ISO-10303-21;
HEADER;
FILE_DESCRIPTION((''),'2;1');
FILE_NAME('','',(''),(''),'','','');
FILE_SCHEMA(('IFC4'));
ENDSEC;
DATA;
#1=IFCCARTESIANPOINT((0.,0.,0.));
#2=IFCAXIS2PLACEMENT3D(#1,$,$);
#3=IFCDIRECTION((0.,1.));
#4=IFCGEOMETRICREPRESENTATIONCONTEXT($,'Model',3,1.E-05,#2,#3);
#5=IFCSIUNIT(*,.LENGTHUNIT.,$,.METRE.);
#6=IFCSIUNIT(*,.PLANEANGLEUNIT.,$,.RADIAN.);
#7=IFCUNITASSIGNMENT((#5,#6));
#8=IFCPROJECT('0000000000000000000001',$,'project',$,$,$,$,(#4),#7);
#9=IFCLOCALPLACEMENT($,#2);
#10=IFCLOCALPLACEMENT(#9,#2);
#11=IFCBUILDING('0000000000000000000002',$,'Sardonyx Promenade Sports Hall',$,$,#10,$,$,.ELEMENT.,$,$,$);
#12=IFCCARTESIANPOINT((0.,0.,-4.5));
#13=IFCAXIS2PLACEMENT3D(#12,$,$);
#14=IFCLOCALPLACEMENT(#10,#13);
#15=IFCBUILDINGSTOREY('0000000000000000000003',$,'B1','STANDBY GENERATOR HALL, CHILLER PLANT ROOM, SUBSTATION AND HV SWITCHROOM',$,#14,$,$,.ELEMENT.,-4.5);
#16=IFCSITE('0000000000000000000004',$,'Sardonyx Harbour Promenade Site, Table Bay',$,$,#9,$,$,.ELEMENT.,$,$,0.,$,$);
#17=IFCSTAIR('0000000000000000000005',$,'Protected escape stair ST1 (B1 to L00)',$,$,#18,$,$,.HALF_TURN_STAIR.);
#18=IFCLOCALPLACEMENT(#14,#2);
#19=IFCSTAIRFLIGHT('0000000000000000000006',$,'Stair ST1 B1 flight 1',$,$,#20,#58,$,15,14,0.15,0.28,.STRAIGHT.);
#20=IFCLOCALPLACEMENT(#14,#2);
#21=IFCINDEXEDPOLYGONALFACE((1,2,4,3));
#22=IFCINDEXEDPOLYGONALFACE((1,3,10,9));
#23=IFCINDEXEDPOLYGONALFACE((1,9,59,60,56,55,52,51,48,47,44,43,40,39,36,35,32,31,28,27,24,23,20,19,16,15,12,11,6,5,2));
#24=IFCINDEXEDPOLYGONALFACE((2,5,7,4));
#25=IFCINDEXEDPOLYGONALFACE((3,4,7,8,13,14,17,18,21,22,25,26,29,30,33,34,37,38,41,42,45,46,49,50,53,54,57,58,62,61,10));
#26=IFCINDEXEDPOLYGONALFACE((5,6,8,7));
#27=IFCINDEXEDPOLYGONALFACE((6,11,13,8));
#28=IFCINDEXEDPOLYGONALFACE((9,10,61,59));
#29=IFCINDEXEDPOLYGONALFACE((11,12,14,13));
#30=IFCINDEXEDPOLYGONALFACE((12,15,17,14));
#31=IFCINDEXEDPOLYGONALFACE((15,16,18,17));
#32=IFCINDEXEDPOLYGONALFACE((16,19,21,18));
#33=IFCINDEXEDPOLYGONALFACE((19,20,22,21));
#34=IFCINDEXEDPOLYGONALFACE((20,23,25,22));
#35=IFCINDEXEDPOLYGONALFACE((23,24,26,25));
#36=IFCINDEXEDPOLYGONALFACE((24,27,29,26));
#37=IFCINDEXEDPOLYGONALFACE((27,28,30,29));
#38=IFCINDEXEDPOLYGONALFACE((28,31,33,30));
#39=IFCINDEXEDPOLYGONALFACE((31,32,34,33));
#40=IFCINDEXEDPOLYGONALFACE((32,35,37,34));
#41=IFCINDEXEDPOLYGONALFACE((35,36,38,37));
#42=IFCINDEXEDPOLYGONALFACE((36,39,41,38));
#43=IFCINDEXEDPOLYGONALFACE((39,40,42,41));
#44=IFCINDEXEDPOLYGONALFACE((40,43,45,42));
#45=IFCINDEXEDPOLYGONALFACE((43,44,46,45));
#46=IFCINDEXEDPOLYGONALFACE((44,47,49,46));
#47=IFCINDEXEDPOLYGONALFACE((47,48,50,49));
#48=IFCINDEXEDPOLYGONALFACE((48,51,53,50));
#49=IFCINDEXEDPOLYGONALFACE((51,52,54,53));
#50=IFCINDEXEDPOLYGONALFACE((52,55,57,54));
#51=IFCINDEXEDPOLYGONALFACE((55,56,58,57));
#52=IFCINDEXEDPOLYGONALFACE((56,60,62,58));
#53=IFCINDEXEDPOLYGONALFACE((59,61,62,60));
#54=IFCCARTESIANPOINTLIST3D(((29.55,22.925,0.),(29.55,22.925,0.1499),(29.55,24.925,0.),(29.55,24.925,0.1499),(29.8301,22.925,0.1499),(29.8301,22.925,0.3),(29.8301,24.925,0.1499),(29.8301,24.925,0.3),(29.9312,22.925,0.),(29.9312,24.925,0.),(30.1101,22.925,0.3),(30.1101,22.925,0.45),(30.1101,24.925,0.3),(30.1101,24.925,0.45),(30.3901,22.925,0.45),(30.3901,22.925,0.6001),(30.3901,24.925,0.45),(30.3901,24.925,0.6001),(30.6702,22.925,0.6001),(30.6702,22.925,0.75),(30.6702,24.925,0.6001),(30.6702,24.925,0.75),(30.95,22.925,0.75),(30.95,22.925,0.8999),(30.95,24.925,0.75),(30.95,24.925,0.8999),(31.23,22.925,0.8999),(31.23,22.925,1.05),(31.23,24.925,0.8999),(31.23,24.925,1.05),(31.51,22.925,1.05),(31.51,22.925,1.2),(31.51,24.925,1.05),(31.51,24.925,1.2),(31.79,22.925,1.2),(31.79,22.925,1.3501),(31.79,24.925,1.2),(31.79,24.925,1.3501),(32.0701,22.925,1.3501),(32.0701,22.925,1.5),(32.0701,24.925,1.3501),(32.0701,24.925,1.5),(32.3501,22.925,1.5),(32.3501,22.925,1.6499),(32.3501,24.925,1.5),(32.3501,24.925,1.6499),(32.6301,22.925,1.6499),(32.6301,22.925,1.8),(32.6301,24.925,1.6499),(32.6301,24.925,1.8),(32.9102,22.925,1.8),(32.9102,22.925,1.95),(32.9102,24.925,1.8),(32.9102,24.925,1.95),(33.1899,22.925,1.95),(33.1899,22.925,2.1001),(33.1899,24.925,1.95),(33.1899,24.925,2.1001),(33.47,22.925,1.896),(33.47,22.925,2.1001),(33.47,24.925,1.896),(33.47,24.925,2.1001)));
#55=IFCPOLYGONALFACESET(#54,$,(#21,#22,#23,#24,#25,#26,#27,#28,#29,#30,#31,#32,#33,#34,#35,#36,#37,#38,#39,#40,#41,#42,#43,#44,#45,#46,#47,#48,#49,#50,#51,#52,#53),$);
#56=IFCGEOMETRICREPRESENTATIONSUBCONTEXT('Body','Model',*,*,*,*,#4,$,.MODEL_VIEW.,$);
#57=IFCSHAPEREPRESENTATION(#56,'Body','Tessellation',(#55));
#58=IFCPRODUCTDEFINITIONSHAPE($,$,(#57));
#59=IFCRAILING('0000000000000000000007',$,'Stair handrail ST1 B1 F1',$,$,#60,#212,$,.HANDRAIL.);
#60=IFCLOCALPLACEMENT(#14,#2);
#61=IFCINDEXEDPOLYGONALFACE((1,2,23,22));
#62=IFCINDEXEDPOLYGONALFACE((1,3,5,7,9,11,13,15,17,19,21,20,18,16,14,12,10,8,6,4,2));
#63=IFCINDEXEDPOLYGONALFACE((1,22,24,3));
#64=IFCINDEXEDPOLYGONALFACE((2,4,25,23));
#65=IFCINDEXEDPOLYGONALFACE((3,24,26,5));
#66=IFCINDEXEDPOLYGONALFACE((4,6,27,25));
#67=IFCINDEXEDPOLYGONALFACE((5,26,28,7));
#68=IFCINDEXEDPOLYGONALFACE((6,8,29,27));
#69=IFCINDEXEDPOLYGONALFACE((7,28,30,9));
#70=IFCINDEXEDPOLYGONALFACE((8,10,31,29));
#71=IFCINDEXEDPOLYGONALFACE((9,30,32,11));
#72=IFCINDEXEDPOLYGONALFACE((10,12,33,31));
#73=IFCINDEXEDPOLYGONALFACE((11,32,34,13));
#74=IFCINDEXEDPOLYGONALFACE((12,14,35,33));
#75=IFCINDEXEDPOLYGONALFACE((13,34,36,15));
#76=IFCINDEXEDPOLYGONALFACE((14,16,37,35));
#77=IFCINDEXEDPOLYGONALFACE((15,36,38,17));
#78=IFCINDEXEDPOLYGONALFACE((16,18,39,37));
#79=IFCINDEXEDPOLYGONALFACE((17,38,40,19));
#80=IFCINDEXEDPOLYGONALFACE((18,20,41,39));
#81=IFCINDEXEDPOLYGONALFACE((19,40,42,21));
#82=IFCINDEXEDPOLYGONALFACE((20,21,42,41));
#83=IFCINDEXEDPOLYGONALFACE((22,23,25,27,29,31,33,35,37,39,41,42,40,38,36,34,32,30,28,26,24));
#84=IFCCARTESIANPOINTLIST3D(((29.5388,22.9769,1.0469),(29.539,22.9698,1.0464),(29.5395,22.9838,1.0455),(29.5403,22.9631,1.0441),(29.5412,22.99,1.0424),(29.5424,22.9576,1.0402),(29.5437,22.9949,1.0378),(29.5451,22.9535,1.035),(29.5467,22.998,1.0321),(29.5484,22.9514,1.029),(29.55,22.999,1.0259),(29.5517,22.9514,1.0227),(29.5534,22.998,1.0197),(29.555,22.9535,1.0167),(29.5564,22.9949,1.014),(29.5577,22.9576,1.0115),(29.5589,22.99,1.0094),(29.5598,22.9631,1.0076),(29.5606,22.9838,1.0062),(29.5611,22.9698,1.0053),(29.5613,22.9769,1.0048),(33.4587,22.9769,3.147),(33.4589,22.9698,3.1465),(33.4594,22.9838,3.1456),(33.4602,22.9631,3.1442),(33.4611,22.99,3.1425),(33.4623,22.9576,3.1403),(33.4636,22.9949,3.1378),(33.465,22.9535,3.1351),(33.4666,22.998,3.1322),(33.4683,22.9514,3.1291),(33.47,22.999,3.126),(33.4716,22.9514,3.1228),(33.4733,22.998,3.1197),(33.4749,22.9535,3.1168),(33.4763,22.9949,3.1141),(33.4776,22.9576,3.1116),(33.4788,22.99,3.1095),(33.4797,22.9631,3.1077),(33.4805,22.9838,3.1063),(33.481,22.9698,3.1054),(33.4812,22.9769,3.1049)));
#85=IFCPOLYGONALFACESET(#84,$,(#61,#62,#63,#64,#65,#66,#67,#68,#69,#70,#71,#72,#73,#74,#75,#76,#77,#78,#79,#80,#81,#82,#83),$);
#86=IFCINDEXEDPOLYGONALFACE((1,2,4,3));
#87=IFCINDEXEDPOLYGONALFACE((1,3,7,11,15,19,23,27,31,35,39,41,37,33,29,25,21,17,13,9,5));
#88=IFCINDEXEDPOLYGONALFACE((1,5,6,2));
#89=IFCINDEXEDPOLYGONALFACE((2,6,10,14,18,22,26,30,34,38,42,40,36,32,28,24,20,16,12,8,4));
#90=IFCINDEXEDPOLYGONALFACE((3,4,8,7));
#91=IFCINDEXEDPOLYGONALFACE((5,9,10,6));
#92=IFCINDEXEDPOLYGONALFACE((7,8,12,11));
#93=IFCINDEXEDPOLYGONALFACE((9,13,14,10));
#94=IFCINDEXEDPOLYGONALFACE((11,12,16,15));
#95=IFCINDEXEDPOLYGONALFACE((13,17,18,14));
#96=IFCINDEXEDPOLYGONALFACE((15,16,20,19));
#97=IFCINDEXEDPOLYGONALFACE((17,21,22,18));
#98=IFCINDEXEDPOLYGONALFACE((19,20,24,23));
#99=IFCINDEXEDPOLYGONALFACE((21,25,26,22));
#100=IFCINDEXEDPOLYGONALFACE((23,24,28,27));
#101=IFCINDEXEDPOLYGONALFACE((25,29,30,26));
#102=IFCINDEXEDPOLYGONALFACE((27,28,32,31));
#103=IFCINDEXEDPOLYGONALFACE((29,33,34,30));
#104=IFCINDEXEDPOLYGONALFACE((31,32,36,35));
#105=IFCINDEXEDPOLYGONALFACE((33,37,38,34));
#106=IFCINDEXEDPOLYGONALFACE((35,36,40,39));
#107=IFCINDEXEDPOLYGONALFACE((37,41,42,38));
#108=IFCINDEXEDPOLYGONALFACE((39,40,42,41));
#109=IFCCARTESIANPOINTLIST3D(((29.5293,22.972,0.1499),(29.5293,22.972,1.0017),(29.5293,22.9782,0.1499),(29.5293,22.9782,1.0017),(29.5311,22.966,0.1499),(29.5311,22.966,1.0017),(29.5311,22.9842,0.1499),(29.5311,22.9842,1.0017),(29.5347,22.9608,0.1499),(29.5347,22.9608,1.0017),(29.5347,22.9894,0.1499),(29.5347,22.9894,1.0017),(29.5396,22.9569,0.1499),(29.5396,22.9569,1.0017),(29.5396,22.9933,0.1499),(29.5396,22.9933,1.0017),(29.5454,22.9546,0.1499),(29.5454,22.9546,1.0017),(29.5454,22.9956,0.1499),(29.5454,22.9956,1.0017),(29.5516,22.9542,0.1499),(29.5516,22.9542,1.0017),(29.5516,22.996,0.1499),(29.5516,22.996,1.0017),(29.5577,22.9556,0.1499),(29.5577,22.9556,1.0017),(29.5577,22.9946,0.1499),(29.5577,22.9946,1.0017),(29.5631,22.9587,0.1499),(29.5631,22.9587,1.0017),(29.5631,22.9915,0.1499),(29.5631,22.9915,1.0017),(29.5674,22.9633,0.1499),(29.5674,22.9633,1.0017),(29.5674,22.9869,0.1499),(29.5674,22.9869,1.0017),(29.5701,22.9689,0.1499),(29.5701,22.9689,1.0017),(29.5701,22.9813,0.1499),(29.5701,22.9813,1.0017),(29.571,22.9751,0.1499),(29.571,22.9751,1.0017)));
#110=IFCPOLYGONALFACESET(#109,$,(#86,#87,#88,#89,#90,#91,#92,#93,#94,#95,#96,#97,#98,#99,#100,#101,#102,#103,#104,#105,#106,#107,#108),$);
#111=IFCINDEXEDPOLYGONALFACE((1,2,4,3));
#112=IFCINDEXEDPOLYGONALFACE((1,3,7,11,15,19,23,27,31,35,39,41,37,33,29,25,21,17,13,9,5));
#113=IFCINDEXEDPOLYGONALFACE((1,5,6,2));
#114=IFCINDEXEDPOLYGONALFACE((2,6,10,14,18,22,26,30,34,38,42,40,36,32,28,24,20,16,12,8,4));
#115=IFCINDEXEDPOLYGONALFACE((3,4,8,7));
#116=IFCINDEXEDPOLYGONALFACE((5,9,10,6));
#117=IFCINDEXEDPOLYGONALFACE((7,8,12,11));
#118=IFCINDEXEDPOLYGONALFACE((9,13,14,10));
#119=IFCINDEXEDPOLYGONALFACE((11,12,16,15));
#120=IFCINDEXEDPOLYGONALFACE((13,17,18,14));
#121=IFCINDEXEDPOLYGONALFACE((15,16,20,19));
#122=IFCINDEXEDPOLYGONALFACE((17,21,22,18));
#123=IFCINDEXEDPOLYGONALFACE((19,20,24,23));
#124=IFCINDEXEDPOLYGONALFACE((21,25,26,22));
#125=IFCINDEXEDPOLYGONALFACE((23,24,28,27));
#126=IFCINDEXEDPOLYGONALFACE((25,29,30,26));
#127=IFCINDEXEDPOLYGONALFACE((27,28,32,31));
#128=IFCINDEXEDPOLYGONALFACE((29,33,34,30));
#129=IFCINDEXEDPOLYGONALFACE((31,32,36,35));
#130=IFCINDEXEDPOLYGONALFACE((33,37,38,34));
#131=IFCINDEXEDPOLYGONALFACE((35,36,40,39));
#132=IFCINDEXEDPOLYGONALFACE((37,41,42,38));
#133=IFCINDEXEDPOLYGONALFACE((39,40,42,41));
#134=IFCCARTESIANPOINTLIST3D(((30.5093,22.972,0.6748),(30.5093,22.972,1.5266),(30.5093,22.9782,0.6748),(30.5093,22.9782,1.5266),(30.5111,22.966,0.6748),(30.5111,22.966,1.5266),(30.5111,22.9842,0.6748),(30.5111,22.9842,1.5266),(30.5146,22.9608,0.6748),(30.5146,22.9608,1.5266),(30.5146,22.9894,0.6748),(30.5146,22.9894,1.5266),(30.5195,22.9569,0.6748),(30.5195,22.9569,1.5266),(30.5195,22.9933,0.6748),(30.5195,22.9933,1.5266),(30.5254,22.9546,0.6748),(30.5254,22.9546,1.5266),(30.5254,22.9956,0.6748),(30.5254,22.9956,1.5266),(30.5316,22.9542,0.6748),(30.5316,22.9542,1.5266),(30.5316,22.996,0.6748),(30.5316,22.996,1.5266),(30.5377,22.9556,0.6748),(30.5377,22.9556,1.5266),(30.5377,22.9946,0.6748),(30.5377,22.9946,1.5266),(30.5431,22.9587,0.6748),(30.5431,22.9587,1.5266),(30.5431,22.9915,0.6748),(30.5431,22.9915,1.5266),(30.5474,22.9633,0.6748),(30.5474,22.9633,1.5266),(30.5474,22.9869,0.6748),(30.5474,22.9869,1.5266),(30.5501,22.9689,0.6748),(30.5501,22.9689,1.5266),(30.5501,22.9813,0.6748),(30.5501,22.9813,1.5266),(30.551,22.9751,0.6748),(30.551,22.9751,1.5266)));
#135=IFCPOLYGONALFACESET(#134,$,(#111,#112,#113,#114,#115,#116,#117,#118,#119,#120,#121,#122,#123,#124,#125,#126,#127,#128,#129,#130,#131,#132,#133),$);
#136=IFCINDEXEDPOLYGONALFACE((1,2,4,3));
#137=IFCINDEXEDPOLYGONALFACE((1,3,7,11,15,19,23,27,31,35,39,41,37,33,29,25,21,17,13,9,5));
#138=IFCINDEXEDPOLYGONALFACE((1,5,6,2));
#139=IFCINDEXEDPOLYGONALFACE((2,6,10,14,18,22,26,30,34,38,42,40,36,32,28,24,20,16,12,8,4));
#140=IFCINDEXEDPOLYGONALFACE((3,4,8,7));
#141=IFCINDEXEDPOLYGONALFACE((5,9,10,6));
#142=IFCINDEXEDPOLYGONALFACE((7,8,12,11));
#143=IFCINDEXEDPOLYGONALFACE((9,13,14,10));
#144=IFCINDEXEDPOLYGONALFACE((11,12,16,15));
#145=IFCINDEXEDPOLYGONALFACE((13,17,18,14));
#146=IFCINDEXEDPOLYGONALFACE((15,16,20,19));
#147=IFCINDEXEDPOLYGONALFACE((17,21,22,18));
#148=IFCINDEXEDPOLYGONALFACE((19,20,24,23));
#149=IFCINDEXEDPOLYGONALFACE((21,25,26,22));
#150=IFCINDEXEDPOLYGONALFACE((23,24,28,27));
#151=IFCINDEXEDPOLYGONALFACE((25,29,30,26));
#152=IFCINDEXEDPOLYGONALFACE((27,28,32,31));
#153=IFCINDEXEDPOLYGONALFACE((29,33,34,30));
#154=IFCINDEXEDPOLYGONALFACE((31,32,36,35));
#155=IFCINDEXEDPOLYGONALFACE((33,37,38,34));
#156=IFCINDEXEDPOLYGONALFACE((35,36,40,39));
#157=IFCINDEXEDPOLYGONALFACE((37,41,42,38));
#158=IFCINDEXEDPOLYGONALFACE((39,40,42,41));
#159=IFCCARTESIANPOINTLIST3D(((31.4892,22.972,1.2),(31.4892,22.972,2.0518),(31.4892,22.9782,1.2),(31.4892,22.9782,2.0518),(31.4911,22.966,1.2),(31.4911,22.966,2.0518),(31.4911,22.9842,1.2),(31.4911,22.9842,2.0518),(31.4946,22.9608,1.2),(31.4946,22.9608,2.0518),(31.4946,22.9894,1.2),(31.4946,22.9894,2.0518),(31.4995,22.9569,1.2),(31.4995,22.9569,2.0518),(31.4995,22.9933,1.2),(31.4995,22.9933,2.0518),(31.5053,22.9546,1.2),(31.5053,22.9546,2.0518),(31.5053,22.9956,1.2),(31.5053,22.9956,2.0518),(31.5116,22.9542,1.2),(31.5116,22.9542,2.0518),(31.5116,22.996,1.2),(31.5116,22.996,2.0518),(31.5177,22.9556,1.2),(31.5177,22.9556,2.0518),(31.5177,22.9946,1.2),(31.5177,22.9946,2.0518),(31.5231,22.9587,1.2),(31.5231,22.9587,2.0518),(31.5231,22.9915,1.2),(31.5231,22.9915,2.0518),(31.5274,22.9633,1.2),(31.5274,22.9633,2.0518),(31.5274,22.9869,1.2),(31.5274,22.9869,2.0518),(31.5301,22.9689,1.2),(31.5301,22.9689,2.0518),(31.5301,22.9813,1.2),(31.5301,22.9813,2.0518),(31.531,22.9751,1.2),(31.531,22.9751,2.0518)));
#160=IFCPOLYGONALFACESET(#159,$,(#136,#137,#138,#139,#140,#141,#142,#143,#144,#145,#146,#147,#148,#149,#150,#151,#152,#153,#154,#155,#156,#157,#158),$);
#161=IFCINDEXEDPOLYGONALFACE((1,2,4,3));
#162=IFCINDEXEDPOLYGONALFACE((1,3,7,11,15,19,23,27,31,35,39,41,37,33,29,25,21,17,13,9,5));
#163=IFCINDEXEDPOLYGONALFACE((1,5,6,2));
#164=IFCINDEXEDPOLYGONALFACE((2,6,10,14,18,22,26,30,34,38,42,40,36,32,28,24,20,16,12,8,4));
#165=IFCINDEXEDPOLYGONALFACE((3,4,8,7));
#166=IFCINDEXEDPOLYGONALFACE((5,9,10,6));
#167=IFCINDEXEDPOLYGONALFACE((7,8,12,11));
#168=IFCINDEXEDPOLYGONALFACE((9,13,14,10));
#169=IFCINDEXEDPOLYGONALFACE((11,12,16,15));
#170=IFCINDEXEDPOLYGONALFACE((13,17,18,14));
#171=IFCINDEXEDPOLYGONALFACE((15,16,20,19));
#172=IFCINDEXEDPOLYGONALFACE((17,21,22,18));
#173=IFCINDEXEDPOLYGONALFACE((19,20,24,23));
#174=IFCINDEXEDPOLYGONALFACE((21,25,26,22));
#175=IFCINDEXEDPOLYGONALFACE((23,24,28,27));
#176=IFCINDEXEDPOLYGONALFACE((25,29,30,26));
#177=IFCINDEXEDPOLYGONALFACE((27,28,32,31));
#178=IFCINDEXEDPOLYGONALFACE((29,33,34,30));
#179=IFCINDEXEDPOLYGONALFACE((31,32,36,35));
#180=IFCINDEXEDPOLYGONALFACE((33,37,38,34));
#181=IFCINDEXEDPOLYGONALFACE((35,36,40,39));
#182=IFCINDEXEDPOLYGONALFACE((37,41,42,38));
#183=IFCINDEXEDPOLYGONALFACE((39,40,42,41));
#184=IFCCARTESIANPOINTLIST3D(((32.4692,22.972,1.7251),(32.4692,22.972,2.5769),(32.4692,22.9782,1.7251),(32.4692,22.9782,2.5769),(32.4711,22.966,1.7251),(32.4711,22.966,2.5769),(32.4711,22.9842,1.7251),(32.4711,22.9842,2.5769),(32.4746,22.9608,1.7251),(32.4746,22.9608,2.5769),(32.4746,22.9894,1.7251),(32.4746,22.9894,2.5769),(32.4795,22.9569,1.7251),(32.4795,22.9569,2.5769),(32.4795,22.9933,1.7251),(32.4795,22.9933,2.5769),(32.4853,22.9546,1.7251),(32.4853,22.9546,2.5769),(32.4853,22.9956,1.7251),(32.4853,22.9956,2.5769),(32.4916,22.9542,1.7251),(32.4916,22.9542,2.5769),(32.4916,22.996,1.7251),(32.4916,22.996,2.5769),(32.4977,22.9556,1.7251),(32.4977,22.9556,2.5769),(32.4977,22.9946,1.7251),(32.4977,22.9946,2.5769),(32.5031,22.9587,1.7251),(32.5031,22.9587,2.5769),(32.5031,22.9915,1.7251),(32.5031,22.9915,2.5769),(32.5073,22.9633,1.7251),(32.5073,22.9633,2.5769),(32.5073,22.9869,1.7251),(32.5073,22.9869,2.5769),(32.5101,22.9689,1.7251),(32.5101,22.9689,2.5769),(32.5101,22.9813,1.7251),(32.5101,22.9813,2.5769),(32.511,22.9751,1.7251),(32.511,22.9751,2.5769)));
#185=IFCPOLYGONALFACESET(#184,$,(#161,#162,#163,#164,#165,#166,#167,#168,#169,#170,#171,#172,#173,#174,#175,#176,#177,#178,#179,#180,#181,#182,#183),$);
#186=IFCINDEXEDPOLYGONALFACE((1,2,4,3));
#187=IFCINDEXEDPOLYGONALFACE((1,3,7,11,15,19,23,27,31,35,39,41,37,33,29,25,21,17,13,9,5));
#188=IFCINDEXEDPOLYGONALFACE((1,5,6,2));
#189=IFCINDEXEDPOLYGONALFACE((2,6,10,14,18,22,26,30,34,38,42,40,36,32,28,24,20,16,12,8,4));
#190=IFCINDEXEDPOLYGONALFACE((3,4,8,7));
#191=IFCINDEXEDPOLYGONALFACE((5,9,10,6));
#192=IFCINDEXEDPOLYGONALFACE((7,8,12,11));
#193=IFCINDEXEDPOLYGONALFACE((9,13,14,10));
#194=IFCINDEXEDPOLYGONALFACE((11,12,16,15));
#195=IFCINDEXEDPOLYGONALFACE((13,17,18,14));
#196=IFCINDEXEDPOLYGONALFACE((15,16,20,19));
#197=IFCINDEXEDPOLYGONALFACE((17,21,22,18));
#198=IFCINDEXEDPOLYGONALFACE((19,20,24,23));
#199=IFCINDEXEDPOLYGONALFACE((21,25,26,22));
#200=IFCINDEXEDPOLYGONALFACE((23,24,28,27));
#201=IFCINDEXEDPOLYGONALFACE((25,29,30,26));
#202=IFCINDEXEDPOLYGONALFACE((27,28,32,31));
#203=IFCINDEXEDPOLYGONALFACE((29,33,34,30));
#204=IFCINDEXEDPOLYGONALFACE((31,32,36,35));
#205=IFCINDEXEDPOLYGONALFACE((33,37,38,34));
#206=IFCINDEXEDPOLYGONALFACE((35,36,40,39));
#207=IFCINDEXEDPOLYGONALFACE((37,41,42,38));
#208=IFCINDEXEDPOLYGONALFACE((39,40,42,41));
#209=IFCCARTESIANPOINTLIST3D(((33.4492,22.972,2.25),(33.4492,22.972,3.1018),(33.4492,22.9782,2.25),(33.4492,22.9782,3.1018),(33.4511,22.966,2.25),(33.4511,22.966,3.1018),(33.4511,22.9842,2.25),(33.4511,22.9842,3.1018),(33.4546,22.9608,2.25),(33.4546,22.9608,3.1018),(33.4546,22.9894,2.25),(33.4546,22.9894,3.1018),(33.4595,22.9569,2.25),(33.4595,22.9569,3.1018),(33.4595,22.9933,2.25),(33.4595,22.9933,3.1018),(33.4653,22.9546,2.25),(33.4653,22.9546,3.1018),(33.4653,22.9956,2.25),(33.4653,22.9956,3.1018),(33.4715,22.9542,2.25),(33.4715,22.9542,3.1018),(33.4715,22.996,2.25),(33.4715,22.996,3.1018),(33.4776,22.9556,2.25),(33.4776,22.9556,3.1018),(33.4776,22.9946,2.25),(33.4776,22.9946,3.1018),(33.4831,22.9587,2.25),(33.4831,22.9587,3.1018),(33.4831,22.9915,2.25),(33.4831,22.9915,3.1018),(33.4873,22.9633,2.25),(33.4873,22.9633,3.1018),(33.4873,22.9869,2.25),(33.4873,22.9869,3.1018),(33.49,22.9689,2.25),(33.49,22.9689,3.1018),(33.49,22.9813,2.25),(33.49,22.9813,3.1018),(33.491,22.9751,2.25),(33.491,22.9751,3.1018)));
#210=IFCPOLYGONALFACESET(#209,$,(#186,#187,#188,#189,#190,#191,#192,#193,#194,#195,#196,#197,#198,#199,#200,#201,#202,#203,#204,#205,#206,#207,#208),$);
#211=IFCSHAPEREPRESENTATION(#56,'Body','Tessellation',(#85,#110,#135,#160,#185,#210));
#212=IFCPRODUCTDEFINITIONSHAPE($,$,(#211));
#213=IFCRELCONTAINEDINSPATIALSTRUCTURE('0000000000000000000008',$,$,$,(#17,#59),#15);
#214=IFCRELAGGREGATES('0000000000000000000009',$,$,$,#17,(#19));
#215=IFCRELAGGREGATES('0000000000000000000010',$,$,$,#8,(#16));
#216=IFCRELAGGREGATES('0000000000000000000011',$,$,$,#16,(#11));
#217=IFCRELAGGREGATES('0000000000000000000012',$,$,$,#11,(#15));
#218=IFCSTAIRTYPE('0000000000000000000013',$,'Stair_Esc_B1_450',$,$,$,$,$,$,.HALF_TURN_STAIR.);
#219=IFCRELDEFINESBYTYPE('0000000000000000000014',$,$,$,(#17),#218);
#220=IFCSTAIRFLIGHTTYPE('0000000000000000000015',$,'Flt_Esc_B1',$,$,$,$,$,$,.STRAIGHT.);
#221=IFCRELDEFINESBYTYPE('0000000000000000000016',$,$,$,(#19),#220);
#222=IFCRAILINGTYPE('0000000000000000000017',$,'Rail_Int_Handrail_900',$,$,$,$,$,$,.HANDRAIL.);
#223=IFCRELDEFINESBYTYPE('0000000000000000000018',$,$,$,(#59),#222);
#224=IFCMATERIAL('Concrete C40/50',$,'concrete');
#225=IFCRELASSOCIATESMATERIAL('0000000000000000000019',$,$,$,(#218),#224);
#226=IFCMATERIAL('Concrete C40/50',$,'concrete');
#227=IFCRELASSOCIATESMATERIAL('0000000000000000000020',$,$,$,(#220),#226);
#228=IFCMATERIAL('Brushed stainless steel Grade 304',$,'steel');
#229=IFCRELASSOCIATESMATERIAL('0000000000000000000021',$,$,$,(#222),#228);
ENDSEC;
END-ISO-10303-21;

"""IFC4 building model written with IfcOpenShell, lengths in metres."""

from ifc_helpers import new_model, si_unit, direction, frame, origin, origin_2d, place, context, subcontext, project, spatial, polyline, circle, outline, extrude, material, type_object, element, aggregate, save


model = new_model("IFC4")

# Units and contexts
model_context = context("Model", 3, precision=1e-05, world=origin(), true_north=direction((0.0, 1.0)))
body_context = subcontext(model_context, "Body", "Model", "MODEL_VIEW")
ifc_project = project(units=[si_unit("LENGTHUNIT", "METRE"), si_unit("PLANEANGLEUNIT", "RADIAN")], contexts=[model_context])

# Site, building, storey
site_placement = place(None, origin())
site = spatial("IfcSite", under=ifc_project, at=site_placement, Name="Sardonyx Harbour Promenade Site, Table Bay", CompositionType="ELEMENT", RefElevation=0.0)
building_placement = place(site_placement, origin())
building = spatial("IfcBuilding", under=site, at=building_placement, Name="Sardonyx Promenade Sports Hall", CompositionType="ELEMENT")
storey_placement = place(building_placement, frame((0.0, 0.0, -4.5)))
storey = spatial("IfcBuildingStorey", under=building, at=storey_placement, Name="B1", Description="STANDBY GENERATOR HALL, CHILLER PLANT ROOM, SUBSTATION AND HV SWITCHROOM", CompositionType="ELEMENT", Elevation=-4.5)

# Stair, stair flight
ifc_material_1 = material(Name="Concrete C40/50", Category="concrete")
stair_type = type_object("IfcStairType", Name="Stair_Esc_B1_450", PredefinedType="HALF_TURN_STAIR", material=ifc_material_1)
stair_placement = place(storey_placement, origin())
stair = element("IfcStair", 1, at=stair_placement, inside=storey, type_object=stair_type, Name="Protected escape stair ST1 (B1 to L00)", PredefinedType="HALF_TURN_STAIR")
ifc_material_2 = material(Name="Concrete C40/50", Category="concrete")
stair_flight_type = type_object("IfcStairFlightType", Name="Flt_Esc_B1", PredefinedType="STRAIGHT", material=ifc_material_2)
stair_flight_placement = place(storey_placement, frame((29.55, 23.925, 0.0), z_axis=(0.0, 0.0, 1.0), x_axis=(1.0, 0.0, 0.0)))
stair_flight = element("IfcStairFlight", 2, at=stair_flight_placement, type_object=stair_flight_type, Name="Stair ST1 B1 flight 1", NumberOfRisers=15, NumberOfTreads=14, PredefinedType="STRAIGHT", RiserHeight=0.15, TreadLength=0.28, context=body_context, shape_type="SweptSolid", body=[
    extrude(outline(polyline([(0.0, 0.0), (0.0, 0.1499), (0.28, 0.1499), (0.28, 0.3), (0.5601, 0.3), (0.5601, 0.45), (0.8401, 0.45), (0.8401, 0.6001), (1.1201, 0.6001), (1.1201, 0.75), (1.3999, 0.75), (1.3999, 0.8999), (1.6799, 0.8999), (1.6799, 1.05), (1.96, 1.05), (1.96, 1.2), (2.24, 1.2), (2.24, 1.3501), (2.52, 1.3501), (2.52, 1.5), (2.8, 1.5), (2.8, 1.6499), (3.0801, 1.6499), (3.0801, 1.8), (3.3601, 1.8), (3.3601, 1.95), (3.6399, 1.95), (3.6399, 2.1001), (3.9199, 2.1001), (3.9199, 2.25), (3.9199, 1.896), (0.3811, 0.0), (0.0, 0.0)])), frame((0.0, 1.0, 0.0), z_axis=(0.0, -1.0, 0.0), x_axis=(1.0, 0.0, 0.0)), (0.0, 0.0, 1.0), 2.0),
])
aggregate(stair, [stair_flight])

# Railing
ifc_material_3 = material(Name="Brushed stainless steel Grade 304", Category="steel")
railing_type_1 = type_object("IfcRailingType", Name="Rail_Int_Handrail_900", PredefinedType="HANDRAIL", material=ifc_material_3)
railing_1_placement = place(storey_placement, frame((29.55, 22.9751, 0.1499)))
element("IfcRailing", 3, at=railing_1_placement, inside=storey, type_object=railing_type_1, Name="Stair handrail ST1 B1 F1", PredefinedType="HANDRAIL", context=body_context, shape_type="SweptSolid", body=[
    extrude(circle(Radius=0.0239, at=origin_2d()), frame((0.0, 0.0, 0.876), z_axis=(0.881467, 0.0, 0.472246), x_axis=(0.0, 1.0, 0.0)), (0.0, 0.0, 1.0), 4.447),
    extrude(circle(Radius=0.021, at=origin_2d()), origin(), (0.0, 0.0, 1.0), 0.8518),
    extrude(circle(Radius=0.021, at=origin_2d()), frame((0.98, 0.0, 0.5249)), (0.0, 0.0, 1.0), 0.8518),
    extrude(circle(Radius=0.021, at=origin_2d()), frame((1.96, 0.0, 1.05)), (0.0, 0.0, 1.0), 0.8518),
    extrude(circle(Radius=0.021, at=origin_2d()), frame((2.9399, 0.0, 1.5752)), (0.0, 0.0, 1.0), 0.8518),
    extrude(circle(Radius=0.021, at=origin_2d()), frame((3.9199, 0.0, 2.1001)), (0.0, 0.0, 1.0), 0.8518),
])

save(model, "model.ifc")
